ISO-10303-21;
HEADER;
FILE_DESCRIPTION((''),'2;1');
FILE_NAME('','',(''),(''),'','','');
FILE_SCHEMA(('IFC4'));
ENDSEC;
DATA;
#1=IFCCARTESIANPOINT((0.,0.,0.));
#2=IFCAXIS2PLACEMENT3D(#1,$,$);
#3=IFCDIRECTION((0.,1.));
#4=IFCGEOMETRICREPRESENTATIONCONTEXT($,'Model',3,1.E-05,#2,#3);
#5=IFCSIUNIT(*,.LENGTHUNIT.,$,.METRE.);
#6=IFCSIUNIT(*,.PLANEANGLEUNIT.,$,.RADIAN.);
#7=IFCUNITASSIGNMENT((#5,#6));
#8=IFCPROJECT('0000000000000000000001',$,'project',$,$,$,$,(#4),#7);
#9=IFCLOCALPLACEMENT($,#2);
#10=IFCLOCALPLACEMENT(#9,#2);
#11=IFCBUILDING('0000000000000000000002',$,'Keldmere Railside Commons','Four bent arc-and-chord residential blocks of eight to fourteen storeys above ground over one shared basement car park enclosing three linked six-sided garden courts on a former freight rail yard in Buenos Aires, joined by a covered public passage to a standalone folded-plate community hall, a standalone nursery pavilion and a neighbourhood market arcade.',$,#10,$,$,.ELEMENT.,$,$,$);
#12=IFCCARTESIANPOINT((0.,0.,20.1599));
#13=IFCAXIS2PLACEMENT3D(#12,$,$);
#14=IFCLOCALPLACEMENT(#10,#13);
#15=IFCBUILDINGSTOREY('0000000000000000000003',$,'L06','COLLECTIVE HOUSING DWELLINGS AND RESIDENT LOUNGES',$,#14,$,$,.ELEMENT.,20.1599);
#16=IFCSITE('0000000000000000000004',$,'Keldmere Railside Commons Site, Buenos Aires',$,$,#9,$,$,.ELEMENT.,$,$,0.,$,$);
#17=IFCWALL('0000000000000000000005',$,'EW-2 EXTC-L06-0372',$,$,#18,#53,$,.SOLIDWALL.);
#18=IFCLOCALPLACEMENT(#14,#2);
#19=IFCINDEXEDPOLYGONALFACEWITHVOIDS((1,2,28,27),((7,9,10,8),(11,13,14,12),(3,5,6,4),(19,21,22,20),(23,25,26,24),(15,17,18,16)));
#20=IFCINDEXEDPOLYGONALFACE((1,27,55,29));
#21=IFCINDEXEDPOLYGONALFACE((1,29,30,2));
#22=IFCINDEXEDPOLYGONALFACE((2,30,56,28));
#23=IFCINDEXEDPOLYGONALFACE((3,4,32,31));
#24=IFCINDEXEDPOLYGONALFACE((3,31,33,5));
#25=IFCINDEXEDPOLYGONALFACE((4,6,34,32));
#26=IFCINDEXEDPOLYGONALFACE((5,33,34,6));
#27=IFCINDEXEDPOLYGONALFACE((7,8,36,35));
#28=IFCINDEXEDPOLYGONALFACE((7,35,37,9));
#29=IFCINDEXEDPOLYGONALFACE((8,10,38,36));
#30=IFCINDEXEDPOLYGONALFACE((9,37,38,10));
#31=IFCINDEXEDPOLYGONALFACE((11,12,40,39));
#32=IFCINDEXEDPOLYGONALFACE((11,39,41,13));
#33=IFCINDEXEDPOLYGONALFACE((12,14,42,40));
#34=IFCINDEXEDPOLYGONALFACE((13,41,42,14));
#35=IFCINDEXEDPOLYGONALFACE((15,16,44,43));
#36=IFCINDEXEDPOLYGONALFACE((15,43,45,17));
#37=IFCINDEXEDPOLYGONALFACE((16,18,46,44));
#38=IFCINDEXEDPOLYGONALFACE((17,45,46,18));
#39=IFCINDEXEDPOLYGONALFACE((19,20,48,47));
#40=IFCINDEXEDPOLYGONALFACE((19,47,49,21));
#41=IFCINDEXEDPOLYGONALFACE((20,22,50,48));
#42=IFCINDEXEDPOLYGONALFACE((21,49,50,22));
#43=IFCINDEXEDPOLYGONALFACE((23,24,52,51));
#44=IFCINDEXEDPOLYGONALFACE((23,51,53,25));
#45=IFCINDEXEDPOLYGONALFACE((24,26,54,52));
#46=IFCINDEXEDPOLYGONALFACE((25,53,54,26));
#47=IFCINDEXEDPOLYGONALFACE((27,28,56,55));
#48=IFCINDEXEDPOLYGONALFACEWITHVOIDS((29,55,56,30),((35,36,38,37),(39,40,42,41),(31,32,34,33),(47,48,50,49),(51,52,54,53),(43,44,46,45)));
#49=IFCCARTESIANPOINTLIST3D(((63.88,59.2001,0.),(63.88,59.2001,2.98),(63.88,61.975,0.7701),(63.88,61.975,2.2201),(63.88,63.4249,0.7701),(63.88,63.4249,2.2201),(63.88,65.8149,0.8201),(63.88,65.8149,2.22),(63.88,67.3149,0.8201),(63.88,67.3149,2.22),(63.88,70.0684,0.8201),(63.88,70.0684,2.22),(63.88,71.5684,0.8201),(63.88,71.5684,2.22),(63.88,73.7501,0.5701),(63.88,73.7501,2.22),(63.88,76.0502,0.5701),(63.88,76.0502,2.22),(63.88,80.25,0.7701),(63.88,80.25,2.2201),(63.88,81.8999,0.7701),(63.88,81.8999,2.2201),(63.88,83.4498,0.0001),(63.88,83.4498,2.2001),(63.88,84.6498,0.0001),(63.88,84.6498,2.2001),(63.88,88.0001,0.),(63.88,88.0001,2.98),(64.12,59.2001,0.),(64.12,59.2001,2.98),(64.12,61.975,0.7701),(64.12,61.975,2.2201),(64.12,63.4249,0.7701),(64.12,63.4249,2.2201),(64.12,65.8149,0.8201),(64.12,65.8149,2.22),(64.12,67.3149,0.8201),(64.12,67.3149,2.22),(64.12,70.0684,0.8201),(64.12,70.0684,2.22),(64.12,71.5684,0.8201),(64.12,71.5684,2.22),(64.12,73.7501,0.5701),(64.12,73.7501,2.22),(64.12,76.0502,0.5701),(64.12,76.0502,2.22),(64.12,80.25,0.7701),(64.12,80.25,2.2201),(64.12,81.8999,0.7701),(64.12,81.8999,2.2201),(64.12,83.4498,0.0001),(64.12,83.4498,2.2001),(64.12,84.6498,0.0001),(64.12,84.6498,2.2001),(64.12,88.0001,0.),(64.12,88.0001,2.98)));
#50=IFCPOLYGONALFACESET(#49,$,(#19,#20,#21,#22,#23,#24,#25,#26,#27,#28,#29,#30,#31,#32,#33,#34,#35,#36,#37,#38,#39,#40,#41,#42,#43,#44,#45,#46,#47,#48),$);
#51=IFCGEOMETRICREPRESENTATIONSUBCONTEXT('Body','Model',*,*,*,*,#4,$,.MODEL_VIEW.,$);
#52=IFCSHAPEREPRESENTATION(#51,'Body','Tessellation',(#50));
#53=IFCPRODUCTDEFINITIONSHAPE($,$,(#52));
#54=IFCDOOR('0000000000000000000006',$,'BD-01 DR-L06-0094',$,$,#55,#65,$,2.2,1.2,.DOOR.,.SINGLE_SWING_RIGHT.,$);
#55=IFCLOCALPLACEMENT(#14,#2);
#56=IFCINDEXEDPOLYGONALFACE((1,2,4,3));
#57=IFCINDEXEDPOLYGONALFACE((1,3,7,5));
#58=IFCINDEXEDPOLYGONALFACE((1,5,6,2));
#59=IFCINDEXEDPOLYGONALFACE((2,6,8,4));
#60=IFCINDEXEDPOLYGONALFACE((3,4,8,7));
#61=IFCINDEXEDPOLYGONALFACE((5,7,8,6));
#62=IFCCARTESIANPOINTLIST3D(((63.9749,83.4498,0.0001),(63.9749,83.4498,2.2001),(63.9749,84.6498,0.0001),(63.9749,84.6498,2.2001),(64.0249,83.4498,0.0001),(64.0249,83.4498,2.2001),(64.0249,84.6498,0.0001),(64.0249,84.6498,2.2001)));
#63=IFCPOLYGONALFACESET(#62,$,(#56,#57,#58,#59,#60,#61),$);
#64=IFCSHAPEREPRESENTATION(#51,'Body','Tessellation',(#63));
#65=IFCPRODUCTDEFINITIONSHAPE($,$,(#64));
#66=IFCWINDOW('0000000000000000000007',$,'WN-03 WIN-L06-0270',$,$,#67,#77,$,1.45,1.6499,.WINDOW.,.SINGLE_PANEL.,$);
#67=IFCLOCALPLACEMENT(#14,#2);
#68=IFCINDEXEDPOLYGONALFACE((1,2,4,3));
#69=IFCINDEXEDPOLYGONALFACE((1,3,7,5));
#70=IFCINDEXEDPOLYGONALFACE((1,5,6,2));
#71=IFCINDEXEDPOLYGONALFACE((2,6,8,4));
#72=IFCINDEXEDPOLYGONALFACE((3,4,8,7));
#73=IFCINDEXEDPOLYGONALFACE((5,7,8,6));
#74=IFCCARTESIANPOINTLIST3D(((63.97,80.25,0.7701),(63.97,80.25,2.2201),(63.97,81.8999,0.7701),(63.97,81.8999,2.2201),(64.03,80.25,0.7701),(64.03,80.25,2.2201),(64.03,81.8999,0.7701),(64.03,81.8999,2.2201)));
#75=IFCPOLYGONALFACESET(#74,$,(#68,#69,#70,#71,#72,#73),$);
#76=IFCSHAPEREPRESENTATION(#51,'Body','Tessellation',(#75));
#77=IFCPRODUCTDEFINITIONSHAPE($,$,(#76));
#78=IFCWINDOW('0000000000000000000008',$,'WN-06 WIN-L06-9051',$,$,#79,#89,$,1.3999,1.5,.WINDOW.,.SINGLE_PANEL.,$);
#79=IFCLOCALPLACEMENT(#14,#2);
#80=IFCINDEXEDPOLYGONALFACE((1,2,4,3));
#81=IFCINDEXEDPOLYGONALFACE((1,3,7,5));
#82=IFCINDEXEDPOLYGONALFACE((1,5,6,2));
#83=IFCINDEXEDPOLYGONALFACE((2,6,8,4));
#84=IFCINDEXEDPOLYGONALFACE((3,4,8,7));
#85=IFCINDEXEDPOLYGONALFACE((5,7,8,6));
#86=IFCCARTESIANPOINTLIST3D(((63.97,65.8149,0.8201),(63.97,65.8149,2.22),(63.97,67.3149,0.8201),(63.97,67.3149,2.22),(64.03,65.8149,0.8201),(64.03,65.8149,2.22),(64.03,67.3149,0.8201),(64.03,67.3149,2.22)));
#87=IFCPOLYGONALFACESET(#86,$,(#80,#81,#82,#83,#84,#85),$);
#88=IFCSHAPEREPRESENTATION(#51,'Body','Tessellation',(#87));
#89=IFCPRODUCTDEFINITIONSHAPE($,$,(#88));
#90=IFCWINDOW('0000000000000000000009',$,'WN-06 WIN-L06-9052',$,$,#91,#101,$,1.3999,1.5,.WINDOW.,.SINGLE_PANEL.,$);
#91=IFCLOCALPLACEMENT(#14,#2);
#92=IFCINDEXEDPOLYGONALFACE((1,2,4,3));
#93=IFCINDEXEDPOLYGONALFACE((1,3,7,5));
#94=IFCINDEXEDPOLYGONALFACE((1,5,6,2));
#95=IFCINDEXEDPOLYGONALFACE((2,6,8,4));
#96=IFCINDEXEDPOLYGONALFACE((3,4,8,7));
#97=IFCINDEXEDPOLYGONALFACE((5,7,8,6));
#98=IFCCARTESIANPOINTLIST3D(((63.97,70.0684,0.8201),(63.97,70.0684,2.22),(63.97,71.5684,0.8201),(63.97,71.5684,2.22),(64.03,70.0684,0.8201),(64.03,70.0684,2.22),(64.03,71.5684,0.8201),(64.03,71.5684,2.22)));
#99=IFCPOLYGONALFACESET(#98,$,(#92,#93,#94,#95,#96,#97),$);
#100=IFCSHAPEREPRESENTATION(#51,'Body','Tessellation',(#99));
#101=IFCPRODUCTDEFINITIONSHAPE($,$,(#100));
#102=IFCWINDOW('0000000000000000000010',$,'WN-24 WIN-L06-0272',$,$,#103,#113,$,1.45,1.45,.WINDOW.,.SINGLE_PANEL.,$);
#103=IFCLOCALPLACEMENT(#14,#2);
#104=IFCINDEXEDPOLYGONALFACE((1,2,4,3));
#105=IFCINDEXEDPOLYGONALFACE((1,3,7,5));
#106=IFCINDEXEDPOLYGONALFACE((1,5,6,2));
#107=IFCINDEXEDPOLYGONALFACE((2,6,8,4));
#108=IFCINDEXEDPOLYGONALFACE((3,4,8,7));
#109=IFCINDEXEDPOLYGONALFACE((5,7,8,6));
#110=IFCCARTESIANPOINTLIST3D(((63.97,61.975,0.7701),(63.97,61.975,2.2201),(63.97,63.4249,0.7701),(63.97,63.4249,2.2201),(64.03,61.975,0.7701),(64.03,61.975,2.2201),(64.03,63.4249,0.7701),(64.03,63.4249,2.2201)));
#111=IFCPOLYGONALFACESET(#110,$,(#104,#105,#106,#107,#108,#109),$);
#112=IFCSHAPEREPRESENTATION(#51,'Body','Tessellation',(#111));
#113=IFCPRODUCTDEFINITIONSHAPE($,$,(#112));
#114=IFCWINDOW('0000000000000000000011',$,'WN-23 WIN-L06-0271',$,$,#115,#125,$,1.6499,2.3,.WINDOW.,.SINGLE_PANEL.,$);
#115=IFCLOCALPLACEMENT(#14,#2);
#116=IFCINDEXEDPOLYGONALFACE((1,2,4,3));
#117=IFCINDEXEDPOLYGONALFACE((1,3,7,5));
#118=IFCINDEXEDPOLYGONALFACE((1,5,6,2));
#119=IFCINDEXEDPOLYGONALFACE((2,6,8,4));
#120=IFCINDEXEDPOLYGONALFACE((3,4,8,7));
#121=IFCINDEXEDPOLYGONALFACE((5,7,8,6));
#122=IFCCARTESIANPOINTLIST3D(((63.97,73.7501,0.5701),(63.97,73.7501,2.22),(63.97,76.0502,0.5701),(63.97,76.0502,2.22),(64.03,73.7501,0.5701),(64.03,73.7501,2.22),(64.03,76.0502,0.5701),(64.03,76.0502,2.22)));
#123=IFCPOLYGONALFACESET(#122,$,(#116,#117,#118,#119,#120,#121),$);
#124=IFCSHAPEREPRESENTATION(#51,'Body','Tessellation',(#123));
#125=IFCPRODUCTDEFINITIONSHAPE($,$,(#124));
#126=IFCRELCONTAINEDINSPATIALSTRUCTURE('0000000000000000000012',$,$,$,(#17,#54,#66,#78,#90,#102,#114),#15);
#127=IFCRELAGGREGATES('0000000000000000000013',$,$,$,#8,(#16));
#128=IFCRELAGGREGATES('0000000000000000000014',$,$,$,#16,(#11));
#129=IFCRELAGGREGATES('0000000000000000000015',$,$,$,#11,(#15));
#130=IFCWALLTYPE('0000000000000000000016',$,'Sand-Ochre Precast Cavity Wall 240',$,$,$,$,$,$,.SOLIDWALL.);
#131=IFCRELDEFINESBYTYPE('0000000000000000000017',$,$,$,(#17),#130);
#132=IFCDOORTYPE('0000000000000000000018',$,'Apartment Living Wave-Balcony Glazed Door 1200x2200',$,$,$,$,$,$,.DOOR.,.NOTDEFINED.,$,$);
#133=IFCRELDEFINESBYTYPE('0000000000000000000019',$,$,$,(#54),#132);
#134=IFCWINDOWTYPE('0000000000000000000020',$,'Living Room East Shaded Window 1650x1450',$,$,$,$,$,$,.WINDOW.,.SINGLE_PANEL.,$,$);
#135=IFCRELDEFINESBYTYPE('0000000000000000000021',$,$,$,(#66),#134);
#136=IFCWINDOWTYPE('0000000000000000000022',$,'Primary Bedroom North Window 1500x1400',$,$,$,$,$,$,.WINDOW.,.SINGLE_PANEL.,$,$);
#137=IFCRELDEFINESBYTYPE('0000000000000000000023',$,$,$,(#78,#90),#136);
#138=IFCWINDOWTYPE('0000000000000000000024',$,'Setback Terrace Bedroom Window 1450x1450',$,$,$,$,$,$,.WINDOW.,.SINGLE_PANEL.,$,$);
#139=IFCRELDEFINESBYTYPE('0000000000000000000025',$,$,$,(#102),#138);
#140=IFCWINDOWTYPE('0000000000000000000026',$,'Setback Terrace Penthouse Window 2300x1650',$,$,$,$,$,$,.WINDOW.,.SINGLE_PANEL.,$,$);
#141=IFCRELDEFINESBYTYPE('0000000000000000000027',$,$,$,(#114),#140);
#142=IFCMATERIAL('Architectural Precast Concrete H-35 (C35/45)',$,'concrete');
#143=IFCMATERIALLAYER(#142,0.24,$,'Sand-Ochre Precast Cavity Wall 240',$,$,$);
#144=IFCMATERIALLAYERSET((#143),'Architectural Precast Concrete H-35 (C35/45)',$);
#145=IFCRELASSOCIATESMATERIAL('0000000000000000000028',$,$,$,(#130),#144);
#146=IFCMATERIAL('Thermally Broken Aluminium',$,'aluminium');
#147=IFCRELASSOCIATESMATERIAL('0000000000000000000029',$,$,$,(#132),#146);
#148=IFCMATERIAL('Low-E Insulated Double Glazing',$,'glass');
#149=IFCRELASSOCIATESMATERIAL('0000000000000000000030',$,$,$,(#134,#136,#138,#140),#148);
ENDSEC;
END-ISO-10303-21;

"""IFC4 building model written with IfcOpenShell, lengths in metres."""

from ifc_helpers import new_model, si_unit, direction, frame, frame_2d, origin, place, context, subcontext, project, spatial, rectangle, extrude, material, layer, layer_set, type_object, element, fill, save


model = new_model("IFC4")

# Units and contexts
model_context = context("Model", 3, precision=1e-05, world=origin(), true_north=direction((0.0, 1.0)))
body_context = subcontext(model_context, "Body", "Model", "MODEL_VIEW")
ifc_project = project(units=[si_unit("LENGTHUNIT", "METRE"), si_unit("PLANEANGLEUNIT", "RADIAN")], contexts=[model_context])

# Site, building, storey
site_placement = place(None, origin())
site = spatial("IfcSite", under=ifc_project, at=site_placement, Name="Keldmere Railside Commons Site, Buenos Aires", CompositionType="ELEMENT", RefElevation=0.0)
building_placement = place(site_placement, origin())
building = spatial("IfcBuilding", under=site, at=building_placement, Name="Keldmere Railside Commons", Description="Four bent arc-and-chord residential blocks of eight to fourteen storeys above ground over one shared basement car park enclosing three linked six-sided garden courts on a former freight rail yard in Buenos Aires, joined by a covered public passage to a standalone folded-plate community hall, a standalone nursery pavilion and a neighbourhood market arcade.", CompositionType="ELEMENT")
storey_placement = place(building_placement, frame((0.0, 0.0, 20.1599)))
storey = spatial("IfcBuildingStorey", under=building, at=storey_placement, Name="L06", Description="COLLECTIVE HOUSING DWELLINGS AND RESIDENT LOUNGES", CompositionType="ELEMENT", Elevation=20.1599)

# Shared definitions
ifc_material_1 = material(Name="Thermally Broken Aluminium", Category="aluminium")
ifc_material_2 = material(Name="Low-E Insulated Double Glazing", Category="glass")

# Wall, openings, door, windows
ifc_material_3 = material(Name="Architectural Precast Concrete H-35 (C35/45)", Category="concrete")
ifc_layer_1 = layer(ifc_material_3, 0.24, Name="Sand-Ochre Precast Cavity Wall 240")
ifc_layer_set_1 = layer_set([ifc_layer_1], Name="Architectural Precast Concrete H-35 (C35/45)")
wall_type = type_object("IfcWallType", Name="Sand-Ochre Precast Cavity Wall 240", PredefinedType="SOLIDWALL", material=ifc_layer_set_1)
wall_placement = place(storey_placement, frame((64.0, 88.0, 0.0), z_axis=(0.0, 0.0, 1.0), x_axis=(0.0, -1.0, 0.0)))
wall = element("IfcWall", 1, at=wall_placement, inside=storey, type_object=wall_type, Name="EW-2 EXTC-L06-0372", PredefinedType="SOLIDWALL", context=body_context, shape_type="SweptSolid", body=[
    extrude(rectangle(XDim=28.8, YDim=0.24, at=frame_2d((14.3999, 0.0))), origin(), (0.0, 0.0, 1.0), 2.98),
])
opening_1_placement = place(wall_placement, frame((3.3501, 0.0, 0.0)))
opening_1 = element("IfcOpeningElement", 2, at=opening_1_placement, cuts=wall, PredefinedType="OPENING", context=body_context, shape_type="SweptSolid", body=[
    extrude(rectangle(XDim=1.2, YDim=2.2, at=frame_2d((0.6001, 1.1001))), frame((0.0, 0.1299, 0.0), z_axis=(0.0, -1.0, 0.0), x_axis=(1.0, 0.0, 0.0)), (0.0, 0.0, 1.0), 0.26),
])
opening_2_placement = place(wall_placement, frame((6.1001, 0.0, 0.77)))
opening_2 = element("IfcOpeningElement", 3, at=opening_2_placement, cuts=wall, PredefinedType="OPENING", context=body_context, shape_type="SweptSolid", body=[
    extrude(rectangle(XDim=1.6499, YDim=1.45, at=frame_2d((0.825, 0.7251))), frame((0.0, 0.1299, 0.0), z_axis=(0.0, -1.0, 0.0), x_axis=(1.0, 0.0, 0.0)), (0.0, 0.0, 1.0), 0.26),
])
opening_3_placement = place(wall_placement, frame((11.95, 0.0, 0.5701)))
opening_3 = element("IfcOpeningElement", 4, at=opening_3_placement, cuts=wall, PredefinedType="OPENING", context=body_context, shape_type="SweptSolid", body=[
    extrude(rectangle(XDim=2.3, YDim=1.6499, at=frame_2d((1.1499, 0.825))), frame((0.0, 0.1299, 0.0), z_axis=(0.0, -1.0, 0.0), x_axis=(1.0, 0.0, 0.0)), (0.0, 0.0, 1.0), 0.26),
])
opening_4_placement = place(wall_placement, frame((24.575, 0.0, 0.77)))
opening_4 = element("IfcOpeningElement", 5, at=opening_4_placement, cuts=wall, PredefinedType="OPENING", context=body_context, shape_type="SweptSolid", body=[
    extrude(rectangle(XDim=1.45, YDim=1.45, at=frame_2d((0.7251, 0.7251))), frame((0.0, 0.1299, 0.0), z_axis=(0.0, -1.0, 0.0), x_axis=(1.0, 0.0, 0.0)), (0.0, 0.0, 1.0), 0.26),
])
opening_5_placement = place(wall_placement, frame((20.6851, 0.0, 0.8201)))
opening_5 = element("IfcOpeningElement", 6, at=opening_5_placement, cuts=wall, PredefinedType="OPENING", context=body_context, shape_type="SweptSolid", body=[
    extrude(rectangle(XDim=1.5, YDim=1.3999, at=frame_2d((0.75, 0.7))), frame((0.0, 0.1299, 0.0), z_axis=(0.0, -1.0, 0.0), x_axis=(1.0, 0.0, 0.0)), (0.0, 0.0, 1.0), 0.26),
])
opening_6_placement = place(wall_placement, frame((16.4316, 0.0, 0.8201)))
opening_6 = element("IfcOpeningElement", 7, at=opening_6_placement, cuts=wall, PredefinedType="OPENING", context=body_context, shape_type="SweptSolid", body=[
    extrude(rectangle(XDim=1.5, YDim=1.3999, at=frame_2d((0.75, 0.7))), frame((0.0, 0.1299, 0.0), z_axis=(0.0, -1.0, 0.0), x_axis=(1.0, 0.0, 0.0)), (0.0, 0.0, 1.0), 0.26),
])
door_type = type_object("IfcDoorType", Name="Apartment Living Wave-Balcony Glazed Door 1200x2200", OperationType="NOTDEFINED", PredefinedType="DOOR", material=ifc_material_1)
door_placement = place(opening_1_placement, origin())
door = element("IfcDoor", 8, at=door_placement, inside=storey, type_object=door_type, Name="BD-01 DR-L06-0094", OperationType="SINGLE_SWING_RIGHT", OverallHeight=2.2, OverallWidth=1.2, PredefinedType="DOOR", context=body_context, shape_type="SweptSolid", body=[
    extrude(rectangle(XDim=1.2, YDim=2.2, at=frame_2d((0.6001, 1.1001))), frame((0.0, 0.0249, 0.0), z_axis=(0.0, -1.0, 0.0), x_axis=(1.0, 0.0, 0.0)), (0.0, 0.0, 1.0), 0.05),
])
fill(opening_1, door)
window_type_1 = type_object("IfcWindowType", Name="Living Room East Shaded Window 1650x1450", PartitioningType="SINGLE_PANEL", PredefinedType="WINDOW", material=ifc_material_2)
window_1_placement = place(opening_2_placement, origin())
window_1 = element("IfcWindow", 9, at=window_1_placement, inside=storey, type_object=window_type_1, Name="WN-03 WIN-L06-0270", OverallHeight=1.45, OverallWidth=1.6499, PartitioningType="SINGLE_PANEL", PredefinedType="WINDOW", context=body_context, shape_type="SweptSolid", body=[
    extrude(rectangle(XDim=1.6499, YDim=1.45, at=frame_2d((0.825, 0.7251))), frame((0.0, 0.03, 0.0), z_axis=(0.0, -1.0, 0.0), x_axis=(1.0, 0.0, 0.0)), (0.0, 0.0, 1.0), 0.0601),
])
fill(opening_2, window_1)
window_type_2 = type_object("IfcWindowType", Name="Primary Bedroom North Window 1500x1400", PartitioningType="SINGLE_PANEL", PredefinedType="WINDOW", material=ifc_material_2)
window_2_placement = place(opening_5_placement, origin())
window_2 = element("IfcWindow", 10, at=window_2_placement, inside=storey, type_object=window_type_2, Name="WN-06 WIN-L06-9051", OverallHeight=1.3999, OverallWidth=1.5, PartitioningType="SINGLE_PANEL", PredefinedType="WINDOW", context=body_context, shape_type="SweptSolid", body=[
    extrude(rectangle(XDim=1.5, YDim=1.3999, at=frame_2d((0.75, 0.7))), frame((0.0, 0.03, 0.0), z_axis=(0.0, -1.0, 0.0), x_axis=(1.0, 0.0, 0.0)), (0.0, 0.0, 1.0), 0.0601),
])
fill(opening_5, window_2)
window_3_placement = place(opening_6_placement, origin())
window_3 = element("IfcWindow", 11, at=window_3_placement, inside=storey, type_object=window_type_2, Name="WN-06 WIN-L06-9052", OverallHeight=1.3999, OverallWidth=1.5, PartitioningType="SINGLE_PANEL", PredefinedType="WINDOW", context=body_context, shape_type="SweptSolid", body=[
    extrude(rectangle(XDim=1.5, YDim=1.3999, at=frame_2d((0.75, 0.7))), frame((0.0, 0.03, 0.0), z_axis=(0.0, -1.0, 0.0), x_axis=(1.0, 0.0, 0.0)), (0.0, 0.0, 1.0), 0.0601),
])
fill(opening_6, window_3)
window_type_3 = type_object("IfcWindowType", Name="Setback Terrace Bedroom Window 1450x1450", PartitioningType="SINGLE_PANEL", PredefinedType="WINDOW", material=ifc_material_2)
window_4_placement = place(opening_4_placement, origin())
window_4 = element("IfcWindow", 12, at=window_4_placement, inside=storey, type_object=window_type_3, Name="WN-24 WIN-L06-0272", OverallHeight=1.45, OverallWidth=1.45, PartitioningType="SINGLE_PANEL", PredefinedType="WINDOW", context=body_context, shape_type="SweptSolid", body=[
    extrude(rectangle(XDim=1.45, YDim=1.45, at=frame_2d((0.7251, 0.7251))), frame((0.0, 0.03, 0.0), z_axis=(0.0, -1.0, 0.0), x_axis=(1.0, 0.0, 0.0)), (0.0, 0.0, 1.0), 0.0601),
])
fill(opening_4, window_4)
window_type_4 = type_object("IfcWindowType", Name="Setback Terrace Penthouse Window 2300x1650", PartitioningType="SINGLE_PANEL", PredefinedType="WINDOW", material=ifc_material_2)
window_5_placement = place(opening_3_placement, origin())
window_5 = element("IfcWindow", 13, at=window_5_placement, inside=storey, type_object=window_type_4, Name="WN-23 WIN-L06-0271", OverallHeight=1.6499, OverallWidth=2.3, PartitioningType="SINGLE_PANEL", PredefinedType="WINDOW", context=body_context, shape_type="SweptSolid", body=[
    extrude(rectangle(XDim=2.3, YDim=1.6499, at=frame_2d((1.1499, 0.825))), frame((0.0, 0.03, 0.0), z_axis=(0.0, -1.0, 0.0), x_axis=(1.0, 0.0, 0.0)), (0.0, 0.0, 1.0), 0.0601),
])
fill(opening_3, window_5)

save(model, "model.ifc")
